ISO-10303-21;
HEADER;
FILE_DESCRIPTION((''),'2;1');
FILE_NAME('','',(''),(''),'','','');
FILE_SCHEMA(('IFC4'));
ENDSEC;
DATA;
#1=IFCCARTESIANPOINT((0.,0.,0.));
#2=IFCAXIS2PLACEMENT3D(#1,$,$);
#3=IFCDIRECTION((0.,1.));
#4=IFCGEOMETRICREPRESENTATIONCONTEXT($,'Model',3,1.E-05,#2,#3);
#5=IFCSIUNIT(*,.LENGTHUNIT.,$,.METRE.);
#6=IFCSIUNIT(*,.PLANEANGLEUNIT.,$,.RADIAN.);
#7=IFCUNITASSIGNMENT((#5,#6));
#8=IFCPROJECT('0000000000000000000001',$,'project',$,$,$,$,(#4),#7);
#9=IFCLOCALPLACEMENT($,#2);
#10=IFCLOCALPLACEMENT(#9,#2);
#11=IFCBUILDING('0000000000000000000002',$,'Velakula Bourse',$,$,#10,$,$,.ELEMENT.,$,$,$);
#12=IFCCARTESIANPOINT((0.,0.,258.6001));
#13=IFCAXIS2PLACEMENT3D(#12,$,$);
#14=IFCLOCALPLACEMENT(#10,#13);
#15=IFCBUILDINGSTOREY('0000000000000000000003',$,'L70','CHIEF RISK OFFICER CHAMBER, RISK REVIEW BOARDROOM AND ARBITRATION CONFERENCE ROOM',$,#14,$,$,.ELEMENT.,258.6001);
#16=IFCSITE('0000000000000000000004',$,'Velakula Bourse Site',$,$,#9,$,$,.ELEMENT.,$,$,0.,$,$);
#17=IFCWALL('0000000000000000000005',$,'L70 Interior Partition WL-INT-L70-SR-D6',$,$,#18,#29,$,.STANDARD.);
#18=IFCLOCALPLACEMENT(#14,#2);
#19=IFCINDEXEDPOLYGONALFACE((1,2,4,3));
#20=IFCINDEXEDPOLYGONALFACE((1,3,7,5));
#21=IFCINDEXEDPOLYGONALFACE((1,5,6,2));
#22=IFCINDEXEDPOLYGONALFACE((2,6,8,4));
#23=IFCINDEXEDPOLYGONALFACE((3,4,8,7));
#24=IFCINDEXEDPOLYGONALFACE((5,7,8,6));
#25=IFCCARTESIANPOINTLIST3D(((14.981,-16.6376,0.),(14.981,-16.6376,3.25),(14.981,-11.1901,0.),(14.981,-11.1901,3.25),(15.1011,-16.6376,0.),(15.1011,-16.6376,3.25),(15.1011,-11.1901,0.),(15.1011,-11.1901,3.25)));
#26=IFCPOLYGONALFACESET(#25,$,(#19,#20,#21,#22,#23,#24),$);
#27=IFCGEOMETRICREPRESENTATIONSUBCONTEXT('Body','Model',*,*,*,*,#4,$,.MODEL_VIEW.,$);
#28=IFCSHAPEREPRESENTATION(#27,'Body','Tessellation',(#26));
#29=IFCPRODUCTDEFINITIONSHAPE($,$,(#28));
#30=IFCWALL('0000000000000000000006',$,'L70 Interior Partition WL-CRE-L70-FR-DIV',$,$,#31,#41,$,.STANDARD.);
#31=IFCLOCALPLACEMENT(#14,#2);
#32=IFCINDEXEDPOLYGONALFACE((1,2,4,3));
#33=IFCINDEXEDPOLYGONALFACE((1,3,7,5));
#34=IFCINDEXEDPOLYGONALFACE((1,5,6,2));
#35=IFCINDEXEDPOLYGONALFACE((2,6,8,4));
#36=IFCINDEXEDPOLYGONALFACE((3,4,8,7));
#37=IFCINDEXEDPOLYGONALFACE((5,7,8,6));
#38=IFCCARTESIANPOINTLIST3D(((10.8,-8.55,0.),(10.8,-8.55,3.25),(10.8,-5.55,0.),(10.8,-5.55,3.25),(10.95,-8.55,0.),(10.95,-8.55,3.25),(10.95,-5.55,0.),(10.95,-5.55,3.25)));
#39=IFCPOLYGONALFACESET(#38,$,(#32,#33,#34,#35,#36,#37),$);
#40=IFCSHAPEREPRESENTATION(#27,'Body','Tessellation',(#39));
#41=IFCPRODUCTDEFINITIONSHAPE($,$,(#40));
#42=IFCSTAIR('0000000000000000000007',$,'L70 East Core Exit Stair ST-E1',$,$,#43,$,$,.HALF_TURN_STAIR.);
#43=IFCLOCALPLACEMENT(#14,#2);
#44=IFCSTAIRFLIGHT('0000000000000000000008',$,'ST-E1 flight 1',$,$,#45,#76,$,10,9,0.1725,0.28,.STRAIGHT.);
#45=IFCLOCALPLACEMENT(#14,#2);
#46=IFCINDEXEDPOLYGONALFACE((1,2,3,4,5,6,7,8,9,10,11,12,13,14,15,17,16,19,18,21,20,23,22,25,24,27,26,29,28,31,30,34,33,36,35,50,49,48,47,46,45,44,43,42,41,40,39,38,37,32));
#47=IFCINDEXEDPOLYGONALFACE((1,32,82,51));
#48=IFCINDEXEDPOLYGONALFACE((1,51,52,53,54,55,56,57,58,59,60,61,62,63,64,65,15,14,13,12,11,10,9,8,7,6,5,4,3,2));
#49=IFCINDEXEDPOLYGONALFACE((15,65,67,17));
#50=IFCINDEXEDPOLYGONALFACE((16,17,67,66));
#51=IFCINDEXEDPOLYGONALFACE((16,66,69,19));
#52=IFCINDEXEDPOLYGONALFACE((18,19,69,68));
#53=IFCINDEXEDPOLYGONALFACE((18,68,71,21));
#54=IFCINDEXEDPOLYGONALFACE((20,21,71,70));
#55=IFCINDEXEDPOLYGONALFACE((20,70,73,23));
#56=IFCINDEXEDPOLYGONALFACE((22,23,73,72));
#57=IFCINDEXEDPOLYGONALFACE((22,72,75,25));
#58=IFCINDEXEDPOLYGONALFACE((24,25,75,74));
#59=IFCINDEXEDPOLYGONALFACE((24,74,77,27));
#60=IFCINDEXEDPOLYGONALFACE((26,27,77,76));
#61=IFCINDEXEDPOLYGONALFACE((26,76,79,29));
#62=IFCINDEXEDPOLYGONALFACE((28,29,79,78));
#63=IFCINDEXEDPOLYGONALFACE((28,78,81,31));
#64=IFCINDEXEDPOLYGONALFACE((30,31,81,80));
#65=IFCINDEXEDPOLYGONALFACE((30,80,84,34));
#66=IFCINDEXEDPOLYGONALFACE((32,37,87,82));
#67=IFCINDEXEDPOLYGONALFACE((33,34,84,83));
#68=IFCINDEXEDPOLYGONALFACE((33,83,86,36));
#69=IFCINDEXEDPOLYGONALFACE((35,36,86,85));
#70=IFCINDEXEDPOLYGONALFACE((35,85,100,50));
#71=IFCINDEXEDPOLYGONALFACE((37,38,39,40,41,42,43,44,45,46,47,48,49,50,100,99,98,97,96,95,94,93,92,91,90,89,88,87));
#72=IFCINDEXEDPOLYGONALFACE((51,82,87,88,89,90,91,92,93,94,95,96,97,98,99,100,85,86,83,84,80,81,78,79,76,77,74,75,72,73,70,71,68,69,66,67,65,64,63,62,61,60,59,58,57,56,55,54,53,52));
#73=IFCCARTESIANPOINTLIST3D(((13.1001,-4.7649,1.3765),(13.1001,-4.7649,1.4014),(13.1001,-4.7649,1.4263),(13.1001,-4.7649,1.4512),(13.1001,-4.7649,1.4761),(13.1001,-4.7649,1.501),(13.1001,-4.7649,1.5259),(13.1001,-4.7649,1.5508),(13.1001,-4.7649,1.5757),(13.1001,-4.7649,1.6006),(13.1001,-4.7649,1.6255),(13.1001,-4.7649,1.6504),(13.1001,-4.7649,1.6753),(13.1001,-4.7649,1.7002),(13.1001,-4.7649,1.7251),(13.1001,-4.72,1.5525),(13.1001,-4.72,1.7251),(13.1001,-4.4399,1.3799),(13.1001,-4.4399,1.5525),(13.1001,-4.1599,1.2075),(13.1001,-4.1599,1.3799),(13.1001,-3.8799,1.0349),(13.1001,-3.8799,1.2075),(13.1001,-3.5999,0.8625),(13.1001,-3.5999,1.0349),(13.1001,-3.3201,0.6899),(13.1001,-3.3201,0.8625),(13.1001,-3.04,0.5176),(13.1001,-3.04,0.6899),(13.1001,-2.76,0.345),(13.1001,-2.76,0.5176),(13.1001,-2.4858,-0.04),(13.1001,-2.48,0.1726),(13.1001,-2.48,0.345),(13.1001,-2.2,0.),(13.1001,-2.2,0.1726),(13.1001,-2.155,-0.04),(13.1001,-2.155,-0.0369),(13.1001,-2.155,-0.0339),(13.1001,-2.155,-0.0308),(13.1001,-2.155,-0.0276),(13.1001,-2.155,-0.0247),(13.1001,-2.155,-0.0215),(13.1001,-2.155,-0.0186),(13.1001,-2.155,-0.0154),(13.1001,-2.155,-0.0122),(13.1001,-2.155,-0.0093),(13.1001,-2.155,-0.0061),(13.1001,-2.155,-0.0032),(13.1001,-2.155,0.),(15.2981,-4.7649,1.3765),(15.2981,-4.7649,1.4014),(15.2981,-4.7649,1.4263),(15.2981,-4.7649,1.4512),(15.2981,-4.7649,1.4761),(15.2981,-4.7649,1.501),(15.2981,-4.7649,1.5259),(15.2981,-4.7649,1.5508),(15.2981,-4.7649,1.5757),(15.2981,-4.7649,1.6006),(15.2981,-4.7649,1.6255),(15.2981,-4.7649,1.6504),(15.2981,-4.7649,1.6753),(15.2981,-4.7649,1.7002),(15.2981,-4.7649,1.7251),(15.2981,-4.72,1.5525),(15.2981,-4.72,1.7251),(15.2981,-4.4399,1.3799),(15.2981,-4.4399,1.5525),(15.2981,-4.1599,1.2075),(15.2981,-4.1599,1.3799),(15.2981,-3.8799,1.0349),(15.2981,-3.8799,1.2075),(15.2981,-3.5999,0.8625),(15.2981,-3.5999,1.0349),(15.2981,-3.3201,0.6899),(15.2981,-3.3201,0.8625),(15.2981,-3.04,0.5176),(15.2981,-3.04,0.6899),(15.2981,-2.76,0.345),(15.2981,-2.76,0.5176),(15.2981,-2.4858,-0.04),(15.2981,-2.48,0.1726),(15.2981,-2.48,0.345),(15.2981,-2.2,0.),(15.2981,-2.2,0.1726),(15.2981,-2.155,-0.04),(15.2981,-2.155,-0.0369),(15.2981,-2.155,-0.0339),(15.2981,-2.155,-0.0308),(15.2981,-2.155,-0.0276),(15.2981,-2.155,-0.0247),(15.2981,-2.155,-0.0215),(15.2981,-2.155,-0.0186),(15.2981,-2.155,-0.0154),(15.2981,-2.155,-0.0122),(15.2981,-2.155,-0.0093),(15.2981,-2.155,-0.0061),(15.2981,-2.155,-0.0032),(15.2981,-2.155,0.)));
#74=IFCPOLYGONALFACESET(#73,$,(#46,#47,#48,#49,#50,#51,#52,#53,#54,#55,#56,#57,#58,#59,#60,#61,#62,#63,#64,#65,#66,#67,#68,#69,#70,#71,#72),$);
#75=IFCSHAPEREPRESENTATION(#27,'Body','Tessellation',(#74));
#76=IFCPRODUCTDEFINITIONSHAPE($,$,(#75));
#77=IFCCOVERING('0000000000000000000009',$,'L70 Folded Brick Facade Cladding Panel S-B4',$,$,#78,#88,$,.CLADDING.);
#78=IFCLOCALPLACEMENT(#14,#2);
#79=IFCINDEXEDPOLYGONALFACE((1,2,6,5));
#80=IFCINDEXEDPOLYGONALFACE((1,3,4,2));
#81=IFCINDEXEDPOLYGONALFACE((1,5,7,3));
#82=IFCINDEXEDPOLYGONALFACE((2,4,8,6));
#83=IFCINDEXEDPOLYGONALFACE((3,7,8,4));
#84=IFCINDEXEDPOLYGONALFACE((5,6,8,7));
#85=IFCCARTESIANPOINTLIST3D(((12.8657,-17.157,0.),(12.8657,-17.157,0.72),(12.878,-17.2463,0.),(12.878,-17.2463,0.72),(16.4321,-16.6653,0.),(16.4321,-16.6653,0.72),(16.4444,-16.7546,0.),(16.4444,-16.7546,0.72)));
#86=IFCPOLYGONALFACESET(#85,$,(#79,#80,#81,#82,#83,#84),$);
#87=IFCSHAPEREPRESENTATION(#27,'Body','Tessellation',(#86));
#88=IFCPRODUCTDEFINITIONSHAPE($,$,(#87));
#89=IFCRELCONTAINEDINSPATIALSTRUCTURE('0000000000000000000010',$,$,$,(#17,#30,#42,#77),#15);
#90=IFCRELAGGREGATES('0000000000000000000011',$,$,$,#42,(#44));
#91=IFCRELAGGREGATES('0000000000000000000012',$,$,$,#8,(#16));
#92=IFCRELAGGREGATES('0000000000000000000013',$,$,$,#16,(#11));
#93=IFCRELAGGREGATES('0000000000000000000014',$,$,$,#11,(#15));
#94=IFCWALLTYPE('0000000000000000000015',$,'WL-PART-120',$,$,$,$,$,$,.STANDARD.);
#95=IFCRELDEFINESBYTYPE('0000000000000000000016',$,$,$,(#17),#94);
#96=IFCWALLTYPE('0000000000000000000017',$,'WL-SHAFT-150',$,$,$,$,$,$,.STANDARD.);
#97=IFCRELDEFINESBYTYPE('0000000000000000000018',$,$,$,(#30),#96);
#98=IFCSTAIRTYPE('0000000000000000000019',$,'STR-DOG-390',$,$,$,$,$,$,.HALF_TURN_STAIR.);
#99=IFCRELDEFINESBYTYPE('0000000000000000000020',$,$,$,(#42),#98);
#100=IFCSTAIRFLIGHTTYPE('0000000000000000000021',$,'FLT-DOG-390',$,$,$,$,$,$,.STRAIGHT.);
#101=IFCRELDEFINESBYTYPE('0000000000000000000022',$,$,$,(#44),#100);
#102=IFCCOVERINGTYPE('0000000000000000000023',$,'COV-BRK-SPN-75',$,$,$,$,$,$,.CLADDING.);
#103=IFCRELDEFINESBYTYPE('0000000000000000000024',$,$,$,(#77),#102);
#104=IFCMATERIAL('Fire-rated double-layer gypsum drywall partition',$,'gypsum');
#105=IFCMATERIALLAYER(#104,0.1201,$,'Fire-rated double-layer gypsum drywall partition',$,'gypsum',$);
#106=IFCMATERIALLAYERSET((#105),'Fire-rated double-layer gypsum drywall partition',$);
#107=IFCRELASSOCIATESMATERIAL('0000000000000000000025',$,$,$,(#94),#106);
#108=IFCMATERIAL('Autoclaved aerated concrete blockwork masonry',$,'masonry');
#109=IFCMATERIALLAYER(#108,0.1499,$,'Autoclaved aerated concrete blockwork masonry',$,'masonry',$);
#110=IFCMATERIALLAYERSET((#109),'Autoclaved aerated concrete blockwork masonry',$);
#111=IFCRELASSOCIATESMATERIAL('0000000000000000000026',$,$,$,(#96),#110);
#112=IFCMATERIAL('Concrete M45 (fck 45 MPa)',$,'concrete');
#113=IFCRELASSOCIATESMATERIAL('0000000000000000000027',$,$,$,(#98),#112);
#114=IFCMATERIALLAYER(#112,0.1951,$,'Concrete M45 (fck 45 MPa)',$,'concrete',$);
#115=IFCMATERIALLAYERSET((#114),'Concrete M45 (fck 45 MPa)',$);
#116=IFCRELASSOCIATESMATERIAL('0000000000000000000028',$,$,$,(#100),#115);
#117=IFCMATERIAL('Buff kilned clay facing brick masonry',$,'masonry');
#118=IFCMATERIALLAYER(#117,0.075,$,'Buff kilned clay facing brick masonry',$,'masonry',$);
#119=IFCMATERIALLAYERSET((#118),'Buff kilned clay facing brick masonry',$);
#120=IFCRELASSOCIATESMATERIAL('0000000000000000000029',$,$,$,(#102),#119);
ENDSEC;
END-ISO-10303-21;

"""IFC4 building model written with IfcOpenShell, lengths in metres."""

from ifc_helpers import new_model, si_unit, direction, frame, frame_2d, origin, origin_2d, place, context, subcontext, project, spatial, polyline, rectangle, outline, extrude, material, layer, layer_set, type_object, element, aggregate, save


model = new_model("IFC4")

# Units and contexts
model_context = context("Model", 3, precision=1e-05, world=origin(), true_north=direction((0.0, 1.0)))
body_context = subcontext(model_context, "Body", "Model", "MODEL_VIEW")
ifc_project = project(units=[si_unit("LENGTHUNIT", "METRE"), si_unit("PLANEANGLEUNIT", "RADIAN")], contexts=[model_context])

# Site, building, storey
site_placement = place(None, origin())
site = spatial("IfcSite", under=ifc_project, at=site_placement, Name="Velakula Bourse Site", CompositionType="ELEMENT", RefElevation=0.0)
building_placement = place(site_placement, origin())
building = spatial("IfcBuilding", under=site, at=building_placement, Name="Velakula Bourse", CompositionType="ELEMENT")
storey_placement = place(building_placement, frame((0.0, 0.0, 258.6001)))
storey = spatial("IfcBuildingStorey", under=building, at=storey_placement, Name="L70", Description="CHIEF RISK OFFICER CHAMBER, RISK REVIEW BOARDROOM AND ARBITRATION CONFERENCE ROOM", CompositionType="ELEMENT", Elevation=258.6001)

# Shared definitions
ifc_material_1 = material(Name="Buff kilned clay facing brick masonry", Category="masonry")

# Wall
ifc_material_2 = material(Name="Fire-rated double-layer gypsum drywall partition", Category="gypsum")
ifc_layer_1 = layer(ifc_material_2, 0.1201, Name="Fire-rated double-layer gypsum drywall partition", Category="gypsum")
ifc_layer_set_1 = layer_set([ifc_layer_1], Name="Fire-rated double-layer gypsum drywall partition")
wall_type_1 = type_object("IfcWallType", Name="WL-PART-120", PredefinedType="STANDARD", material=ifc_layer_set_1)
wall_1_placement = place(storey_placement, frame((15.041, -16.6375, 0.0), z_axis=(0.0, 0.0, 1.0), x_axis=(0.0, 1.0, 0.0)))
element("IfcWall", 1, at=wall_1_placement, inside=storey, type_object=wall_type_1, Name="L70 Interior Partition WL-INT-L70-SR-D6", PredefinedType="STANDARD", context=body_context, shape_type="SweptSolid", body=[
    extrude(rectangle(XDim=5.4475, YDim=0.1201, at=frame_2d((2.7236, 0.0))), origin(), (0.0, 0.0, 1.0), 3.25),
])

# Shared definitions
ifc_material_3 = material(Name="Autoclaved aerated concrete blockwork masonry", Category="masonry")
ifc_layer_2 = layer(ifc_material_3, 0.1499, Name="Autoclaved aerated concrete blockwork masonry", Category="masonry")
ifc_layer_set_2 = layer_set([ifc_layer_2], Name="Autoclaved aerated concrete blockwork masonry")
wall_type_2 = type_object("IfcWallType", Name="WL-SHAFT-150", PredefinedType="STANDARD", material=ifc_layer_set_2)

# Wall
wall_2_placement = place(storey_placement, frame((10.875, -8.55, 0.0), z_axis=(0.0, 0.0, 1.0), x_axis=(0.0, 1.0, 0.0)))
element("IfcWall", 2, at=wall_2_placement, inside=storey, type_object=wall_type_2, Name="L70 Interior Partition WL-CRE-L70-FR-DIV", PredefinedType="STANDARD", context=body_context, shape_type="SweptSolid", body=[
    extrude(rectangle(XDim=3.0, YDim=0.1499, at=frame_2d((1.5, 0.0))), origin(), (0.0, 0.0, 1.0), 3.25),
])

# Stair, stair flight
ifc_material_4 = material(Name="Concrete M45 (fck 45 MPa)", Category="concrete")
stair_type = type_object("IfcStairType", Name="STR-DOG-390", PredefinedType="HALF_TURN_STAIR", material=ifc_material_4)
stair_placement = place(storey_placement, origin())
stair = element("IfcStair", 3, at=stair_placement, inside=storey, type_object=stair_type, Name="L70 East Core Exit Stair ST-E1", PredefinedType="HALF_TURN_STAIR")
ifc_layer_3 = layer(ifc_material_4, 0.1951, Name="Concrete M45 (fck 45 MPa)", Category="concrete")
ifc_layer_set_3 = layer_set([ifc_layer_3], Name="Concrete M45 (fck 45 MPa)")
stair_flight_type = type_object("IfcStairFlightType", Name="FLT-DOG-390", PredefinedType="STRAIGHT", material=ifc_layer_set_3)
stair_flight_placement = place(storey_placement, frame((14.199, -2.2, 0.0), z_axis=(0.0, 0.0, 1.0), x_axis=(0.0, -1.0, 0.0)))
stair_flight = element("IfcStairFlight", 4, at=stair_flight_placement, type_object=stair_flight_type, Name="ST-E1 flight 1", NumberOfRisers=10, NumberOfTreads=9, PredefinedType="STRAIGHT", RiserHeight=0.1725, TreadLength=0.28, context=body_context, shape_type="SweptSolid", body=[
    extrude(outline(polyline([(-0.0449, -0.04), (-0.0449, -0.0369), (-0.0449, -0.0339), (-0.0449, -0.0308), (-0.0449, -0.0276), (-0.0449, -0.0247), (-0.0449, -0.0215), (-0.0449, -0.0186), (-0.0449, -0.0154), (-0.0449, -0.0122), (-0.0449, -0.0093), (-0.0449, -0.0061), (-0.0449, -0.0032), (-0.0449, 0.0), (0.0, 0.0), (0.0, 0.1726), (0.28, 0.1726), (0.28, 0.345), (0.5601, 0.345), (0.5601, 0.5176), (0.8401, 0.5176), (0.8401, 0.6899), (1.1201, 0.6899), (1.1201, 0.8625), (1.3999, 0.8625), (1.3999, 1.0349), (1.6799, 1.0349), (1.6799, 1.2075), (1.96, 1.2075), (1.96, 1.3799), (2.24, 1.3799), (2.24, 1.5525), (2.52, 1.5525), (2.52, 1.7251), (2.5649, 1.7251), (2.5649, 1.7002), (2.5649, 1.6753), (2.5649, 1.6504), (2.5649, 1.6255), (2.5649, 1.6006), (2.5649, 1.5757), (2.5649, 1.5508), (2.5649, 1.5259), (2.5649, 1.501), (2.5649, 1.4761), (2.5649, 1.4512), (2.5649, 1.4263), (2.5649, 1.4014), (2.5649, 1.3765), (0.2859, -0.04), (-0.0449, -0.04)])), frame((0.0, 1.0991, 0.0), z_axis=(0.0, -1.0, 0.0), x_axis=(1.0, 0.0, 0.0)), (0.0, 0.0, 1.0), 2.198),
])
aggregate(stair, [stair_flight])

# Covering
ifc_layer_4 = layer(ifc_material_1, 0.075, Name="Buff kilned clay facing brick masonry", Category="masonry")
ifc_layer_set_4 = layer_set([ifc_layer_4], Name="Buff kilned clay facing brick masonry")
covering_type = type_object("IfcCoveringType", Name="COV-BRK-SPN-75", PredefinedType="CLADDING", material=ifc_layer_set_4)
covering_placement = place(storey_placement, frame((14.655, -16.9558, 0.0), z_axis=(0.0, 0.0, 1.0), x_axis=(0.990629, 0.13658, 0.0)))
element("IfcCovering", 5, at=covering_placement, inside=storey, type_object=covering_type, Name="L70 Folded Brick Facade Cladding Panel S-B4", PredefinedType="CLADDING", context=body_context, shape_type="SweptSolid", body=[
    extrude(rectangle(XDim=3.6001, YDim=0.0901, at=origin_2d()), origin(), (0.0, 0.0, 1.0), 0.72),
])

save(model, "model.ifc")
